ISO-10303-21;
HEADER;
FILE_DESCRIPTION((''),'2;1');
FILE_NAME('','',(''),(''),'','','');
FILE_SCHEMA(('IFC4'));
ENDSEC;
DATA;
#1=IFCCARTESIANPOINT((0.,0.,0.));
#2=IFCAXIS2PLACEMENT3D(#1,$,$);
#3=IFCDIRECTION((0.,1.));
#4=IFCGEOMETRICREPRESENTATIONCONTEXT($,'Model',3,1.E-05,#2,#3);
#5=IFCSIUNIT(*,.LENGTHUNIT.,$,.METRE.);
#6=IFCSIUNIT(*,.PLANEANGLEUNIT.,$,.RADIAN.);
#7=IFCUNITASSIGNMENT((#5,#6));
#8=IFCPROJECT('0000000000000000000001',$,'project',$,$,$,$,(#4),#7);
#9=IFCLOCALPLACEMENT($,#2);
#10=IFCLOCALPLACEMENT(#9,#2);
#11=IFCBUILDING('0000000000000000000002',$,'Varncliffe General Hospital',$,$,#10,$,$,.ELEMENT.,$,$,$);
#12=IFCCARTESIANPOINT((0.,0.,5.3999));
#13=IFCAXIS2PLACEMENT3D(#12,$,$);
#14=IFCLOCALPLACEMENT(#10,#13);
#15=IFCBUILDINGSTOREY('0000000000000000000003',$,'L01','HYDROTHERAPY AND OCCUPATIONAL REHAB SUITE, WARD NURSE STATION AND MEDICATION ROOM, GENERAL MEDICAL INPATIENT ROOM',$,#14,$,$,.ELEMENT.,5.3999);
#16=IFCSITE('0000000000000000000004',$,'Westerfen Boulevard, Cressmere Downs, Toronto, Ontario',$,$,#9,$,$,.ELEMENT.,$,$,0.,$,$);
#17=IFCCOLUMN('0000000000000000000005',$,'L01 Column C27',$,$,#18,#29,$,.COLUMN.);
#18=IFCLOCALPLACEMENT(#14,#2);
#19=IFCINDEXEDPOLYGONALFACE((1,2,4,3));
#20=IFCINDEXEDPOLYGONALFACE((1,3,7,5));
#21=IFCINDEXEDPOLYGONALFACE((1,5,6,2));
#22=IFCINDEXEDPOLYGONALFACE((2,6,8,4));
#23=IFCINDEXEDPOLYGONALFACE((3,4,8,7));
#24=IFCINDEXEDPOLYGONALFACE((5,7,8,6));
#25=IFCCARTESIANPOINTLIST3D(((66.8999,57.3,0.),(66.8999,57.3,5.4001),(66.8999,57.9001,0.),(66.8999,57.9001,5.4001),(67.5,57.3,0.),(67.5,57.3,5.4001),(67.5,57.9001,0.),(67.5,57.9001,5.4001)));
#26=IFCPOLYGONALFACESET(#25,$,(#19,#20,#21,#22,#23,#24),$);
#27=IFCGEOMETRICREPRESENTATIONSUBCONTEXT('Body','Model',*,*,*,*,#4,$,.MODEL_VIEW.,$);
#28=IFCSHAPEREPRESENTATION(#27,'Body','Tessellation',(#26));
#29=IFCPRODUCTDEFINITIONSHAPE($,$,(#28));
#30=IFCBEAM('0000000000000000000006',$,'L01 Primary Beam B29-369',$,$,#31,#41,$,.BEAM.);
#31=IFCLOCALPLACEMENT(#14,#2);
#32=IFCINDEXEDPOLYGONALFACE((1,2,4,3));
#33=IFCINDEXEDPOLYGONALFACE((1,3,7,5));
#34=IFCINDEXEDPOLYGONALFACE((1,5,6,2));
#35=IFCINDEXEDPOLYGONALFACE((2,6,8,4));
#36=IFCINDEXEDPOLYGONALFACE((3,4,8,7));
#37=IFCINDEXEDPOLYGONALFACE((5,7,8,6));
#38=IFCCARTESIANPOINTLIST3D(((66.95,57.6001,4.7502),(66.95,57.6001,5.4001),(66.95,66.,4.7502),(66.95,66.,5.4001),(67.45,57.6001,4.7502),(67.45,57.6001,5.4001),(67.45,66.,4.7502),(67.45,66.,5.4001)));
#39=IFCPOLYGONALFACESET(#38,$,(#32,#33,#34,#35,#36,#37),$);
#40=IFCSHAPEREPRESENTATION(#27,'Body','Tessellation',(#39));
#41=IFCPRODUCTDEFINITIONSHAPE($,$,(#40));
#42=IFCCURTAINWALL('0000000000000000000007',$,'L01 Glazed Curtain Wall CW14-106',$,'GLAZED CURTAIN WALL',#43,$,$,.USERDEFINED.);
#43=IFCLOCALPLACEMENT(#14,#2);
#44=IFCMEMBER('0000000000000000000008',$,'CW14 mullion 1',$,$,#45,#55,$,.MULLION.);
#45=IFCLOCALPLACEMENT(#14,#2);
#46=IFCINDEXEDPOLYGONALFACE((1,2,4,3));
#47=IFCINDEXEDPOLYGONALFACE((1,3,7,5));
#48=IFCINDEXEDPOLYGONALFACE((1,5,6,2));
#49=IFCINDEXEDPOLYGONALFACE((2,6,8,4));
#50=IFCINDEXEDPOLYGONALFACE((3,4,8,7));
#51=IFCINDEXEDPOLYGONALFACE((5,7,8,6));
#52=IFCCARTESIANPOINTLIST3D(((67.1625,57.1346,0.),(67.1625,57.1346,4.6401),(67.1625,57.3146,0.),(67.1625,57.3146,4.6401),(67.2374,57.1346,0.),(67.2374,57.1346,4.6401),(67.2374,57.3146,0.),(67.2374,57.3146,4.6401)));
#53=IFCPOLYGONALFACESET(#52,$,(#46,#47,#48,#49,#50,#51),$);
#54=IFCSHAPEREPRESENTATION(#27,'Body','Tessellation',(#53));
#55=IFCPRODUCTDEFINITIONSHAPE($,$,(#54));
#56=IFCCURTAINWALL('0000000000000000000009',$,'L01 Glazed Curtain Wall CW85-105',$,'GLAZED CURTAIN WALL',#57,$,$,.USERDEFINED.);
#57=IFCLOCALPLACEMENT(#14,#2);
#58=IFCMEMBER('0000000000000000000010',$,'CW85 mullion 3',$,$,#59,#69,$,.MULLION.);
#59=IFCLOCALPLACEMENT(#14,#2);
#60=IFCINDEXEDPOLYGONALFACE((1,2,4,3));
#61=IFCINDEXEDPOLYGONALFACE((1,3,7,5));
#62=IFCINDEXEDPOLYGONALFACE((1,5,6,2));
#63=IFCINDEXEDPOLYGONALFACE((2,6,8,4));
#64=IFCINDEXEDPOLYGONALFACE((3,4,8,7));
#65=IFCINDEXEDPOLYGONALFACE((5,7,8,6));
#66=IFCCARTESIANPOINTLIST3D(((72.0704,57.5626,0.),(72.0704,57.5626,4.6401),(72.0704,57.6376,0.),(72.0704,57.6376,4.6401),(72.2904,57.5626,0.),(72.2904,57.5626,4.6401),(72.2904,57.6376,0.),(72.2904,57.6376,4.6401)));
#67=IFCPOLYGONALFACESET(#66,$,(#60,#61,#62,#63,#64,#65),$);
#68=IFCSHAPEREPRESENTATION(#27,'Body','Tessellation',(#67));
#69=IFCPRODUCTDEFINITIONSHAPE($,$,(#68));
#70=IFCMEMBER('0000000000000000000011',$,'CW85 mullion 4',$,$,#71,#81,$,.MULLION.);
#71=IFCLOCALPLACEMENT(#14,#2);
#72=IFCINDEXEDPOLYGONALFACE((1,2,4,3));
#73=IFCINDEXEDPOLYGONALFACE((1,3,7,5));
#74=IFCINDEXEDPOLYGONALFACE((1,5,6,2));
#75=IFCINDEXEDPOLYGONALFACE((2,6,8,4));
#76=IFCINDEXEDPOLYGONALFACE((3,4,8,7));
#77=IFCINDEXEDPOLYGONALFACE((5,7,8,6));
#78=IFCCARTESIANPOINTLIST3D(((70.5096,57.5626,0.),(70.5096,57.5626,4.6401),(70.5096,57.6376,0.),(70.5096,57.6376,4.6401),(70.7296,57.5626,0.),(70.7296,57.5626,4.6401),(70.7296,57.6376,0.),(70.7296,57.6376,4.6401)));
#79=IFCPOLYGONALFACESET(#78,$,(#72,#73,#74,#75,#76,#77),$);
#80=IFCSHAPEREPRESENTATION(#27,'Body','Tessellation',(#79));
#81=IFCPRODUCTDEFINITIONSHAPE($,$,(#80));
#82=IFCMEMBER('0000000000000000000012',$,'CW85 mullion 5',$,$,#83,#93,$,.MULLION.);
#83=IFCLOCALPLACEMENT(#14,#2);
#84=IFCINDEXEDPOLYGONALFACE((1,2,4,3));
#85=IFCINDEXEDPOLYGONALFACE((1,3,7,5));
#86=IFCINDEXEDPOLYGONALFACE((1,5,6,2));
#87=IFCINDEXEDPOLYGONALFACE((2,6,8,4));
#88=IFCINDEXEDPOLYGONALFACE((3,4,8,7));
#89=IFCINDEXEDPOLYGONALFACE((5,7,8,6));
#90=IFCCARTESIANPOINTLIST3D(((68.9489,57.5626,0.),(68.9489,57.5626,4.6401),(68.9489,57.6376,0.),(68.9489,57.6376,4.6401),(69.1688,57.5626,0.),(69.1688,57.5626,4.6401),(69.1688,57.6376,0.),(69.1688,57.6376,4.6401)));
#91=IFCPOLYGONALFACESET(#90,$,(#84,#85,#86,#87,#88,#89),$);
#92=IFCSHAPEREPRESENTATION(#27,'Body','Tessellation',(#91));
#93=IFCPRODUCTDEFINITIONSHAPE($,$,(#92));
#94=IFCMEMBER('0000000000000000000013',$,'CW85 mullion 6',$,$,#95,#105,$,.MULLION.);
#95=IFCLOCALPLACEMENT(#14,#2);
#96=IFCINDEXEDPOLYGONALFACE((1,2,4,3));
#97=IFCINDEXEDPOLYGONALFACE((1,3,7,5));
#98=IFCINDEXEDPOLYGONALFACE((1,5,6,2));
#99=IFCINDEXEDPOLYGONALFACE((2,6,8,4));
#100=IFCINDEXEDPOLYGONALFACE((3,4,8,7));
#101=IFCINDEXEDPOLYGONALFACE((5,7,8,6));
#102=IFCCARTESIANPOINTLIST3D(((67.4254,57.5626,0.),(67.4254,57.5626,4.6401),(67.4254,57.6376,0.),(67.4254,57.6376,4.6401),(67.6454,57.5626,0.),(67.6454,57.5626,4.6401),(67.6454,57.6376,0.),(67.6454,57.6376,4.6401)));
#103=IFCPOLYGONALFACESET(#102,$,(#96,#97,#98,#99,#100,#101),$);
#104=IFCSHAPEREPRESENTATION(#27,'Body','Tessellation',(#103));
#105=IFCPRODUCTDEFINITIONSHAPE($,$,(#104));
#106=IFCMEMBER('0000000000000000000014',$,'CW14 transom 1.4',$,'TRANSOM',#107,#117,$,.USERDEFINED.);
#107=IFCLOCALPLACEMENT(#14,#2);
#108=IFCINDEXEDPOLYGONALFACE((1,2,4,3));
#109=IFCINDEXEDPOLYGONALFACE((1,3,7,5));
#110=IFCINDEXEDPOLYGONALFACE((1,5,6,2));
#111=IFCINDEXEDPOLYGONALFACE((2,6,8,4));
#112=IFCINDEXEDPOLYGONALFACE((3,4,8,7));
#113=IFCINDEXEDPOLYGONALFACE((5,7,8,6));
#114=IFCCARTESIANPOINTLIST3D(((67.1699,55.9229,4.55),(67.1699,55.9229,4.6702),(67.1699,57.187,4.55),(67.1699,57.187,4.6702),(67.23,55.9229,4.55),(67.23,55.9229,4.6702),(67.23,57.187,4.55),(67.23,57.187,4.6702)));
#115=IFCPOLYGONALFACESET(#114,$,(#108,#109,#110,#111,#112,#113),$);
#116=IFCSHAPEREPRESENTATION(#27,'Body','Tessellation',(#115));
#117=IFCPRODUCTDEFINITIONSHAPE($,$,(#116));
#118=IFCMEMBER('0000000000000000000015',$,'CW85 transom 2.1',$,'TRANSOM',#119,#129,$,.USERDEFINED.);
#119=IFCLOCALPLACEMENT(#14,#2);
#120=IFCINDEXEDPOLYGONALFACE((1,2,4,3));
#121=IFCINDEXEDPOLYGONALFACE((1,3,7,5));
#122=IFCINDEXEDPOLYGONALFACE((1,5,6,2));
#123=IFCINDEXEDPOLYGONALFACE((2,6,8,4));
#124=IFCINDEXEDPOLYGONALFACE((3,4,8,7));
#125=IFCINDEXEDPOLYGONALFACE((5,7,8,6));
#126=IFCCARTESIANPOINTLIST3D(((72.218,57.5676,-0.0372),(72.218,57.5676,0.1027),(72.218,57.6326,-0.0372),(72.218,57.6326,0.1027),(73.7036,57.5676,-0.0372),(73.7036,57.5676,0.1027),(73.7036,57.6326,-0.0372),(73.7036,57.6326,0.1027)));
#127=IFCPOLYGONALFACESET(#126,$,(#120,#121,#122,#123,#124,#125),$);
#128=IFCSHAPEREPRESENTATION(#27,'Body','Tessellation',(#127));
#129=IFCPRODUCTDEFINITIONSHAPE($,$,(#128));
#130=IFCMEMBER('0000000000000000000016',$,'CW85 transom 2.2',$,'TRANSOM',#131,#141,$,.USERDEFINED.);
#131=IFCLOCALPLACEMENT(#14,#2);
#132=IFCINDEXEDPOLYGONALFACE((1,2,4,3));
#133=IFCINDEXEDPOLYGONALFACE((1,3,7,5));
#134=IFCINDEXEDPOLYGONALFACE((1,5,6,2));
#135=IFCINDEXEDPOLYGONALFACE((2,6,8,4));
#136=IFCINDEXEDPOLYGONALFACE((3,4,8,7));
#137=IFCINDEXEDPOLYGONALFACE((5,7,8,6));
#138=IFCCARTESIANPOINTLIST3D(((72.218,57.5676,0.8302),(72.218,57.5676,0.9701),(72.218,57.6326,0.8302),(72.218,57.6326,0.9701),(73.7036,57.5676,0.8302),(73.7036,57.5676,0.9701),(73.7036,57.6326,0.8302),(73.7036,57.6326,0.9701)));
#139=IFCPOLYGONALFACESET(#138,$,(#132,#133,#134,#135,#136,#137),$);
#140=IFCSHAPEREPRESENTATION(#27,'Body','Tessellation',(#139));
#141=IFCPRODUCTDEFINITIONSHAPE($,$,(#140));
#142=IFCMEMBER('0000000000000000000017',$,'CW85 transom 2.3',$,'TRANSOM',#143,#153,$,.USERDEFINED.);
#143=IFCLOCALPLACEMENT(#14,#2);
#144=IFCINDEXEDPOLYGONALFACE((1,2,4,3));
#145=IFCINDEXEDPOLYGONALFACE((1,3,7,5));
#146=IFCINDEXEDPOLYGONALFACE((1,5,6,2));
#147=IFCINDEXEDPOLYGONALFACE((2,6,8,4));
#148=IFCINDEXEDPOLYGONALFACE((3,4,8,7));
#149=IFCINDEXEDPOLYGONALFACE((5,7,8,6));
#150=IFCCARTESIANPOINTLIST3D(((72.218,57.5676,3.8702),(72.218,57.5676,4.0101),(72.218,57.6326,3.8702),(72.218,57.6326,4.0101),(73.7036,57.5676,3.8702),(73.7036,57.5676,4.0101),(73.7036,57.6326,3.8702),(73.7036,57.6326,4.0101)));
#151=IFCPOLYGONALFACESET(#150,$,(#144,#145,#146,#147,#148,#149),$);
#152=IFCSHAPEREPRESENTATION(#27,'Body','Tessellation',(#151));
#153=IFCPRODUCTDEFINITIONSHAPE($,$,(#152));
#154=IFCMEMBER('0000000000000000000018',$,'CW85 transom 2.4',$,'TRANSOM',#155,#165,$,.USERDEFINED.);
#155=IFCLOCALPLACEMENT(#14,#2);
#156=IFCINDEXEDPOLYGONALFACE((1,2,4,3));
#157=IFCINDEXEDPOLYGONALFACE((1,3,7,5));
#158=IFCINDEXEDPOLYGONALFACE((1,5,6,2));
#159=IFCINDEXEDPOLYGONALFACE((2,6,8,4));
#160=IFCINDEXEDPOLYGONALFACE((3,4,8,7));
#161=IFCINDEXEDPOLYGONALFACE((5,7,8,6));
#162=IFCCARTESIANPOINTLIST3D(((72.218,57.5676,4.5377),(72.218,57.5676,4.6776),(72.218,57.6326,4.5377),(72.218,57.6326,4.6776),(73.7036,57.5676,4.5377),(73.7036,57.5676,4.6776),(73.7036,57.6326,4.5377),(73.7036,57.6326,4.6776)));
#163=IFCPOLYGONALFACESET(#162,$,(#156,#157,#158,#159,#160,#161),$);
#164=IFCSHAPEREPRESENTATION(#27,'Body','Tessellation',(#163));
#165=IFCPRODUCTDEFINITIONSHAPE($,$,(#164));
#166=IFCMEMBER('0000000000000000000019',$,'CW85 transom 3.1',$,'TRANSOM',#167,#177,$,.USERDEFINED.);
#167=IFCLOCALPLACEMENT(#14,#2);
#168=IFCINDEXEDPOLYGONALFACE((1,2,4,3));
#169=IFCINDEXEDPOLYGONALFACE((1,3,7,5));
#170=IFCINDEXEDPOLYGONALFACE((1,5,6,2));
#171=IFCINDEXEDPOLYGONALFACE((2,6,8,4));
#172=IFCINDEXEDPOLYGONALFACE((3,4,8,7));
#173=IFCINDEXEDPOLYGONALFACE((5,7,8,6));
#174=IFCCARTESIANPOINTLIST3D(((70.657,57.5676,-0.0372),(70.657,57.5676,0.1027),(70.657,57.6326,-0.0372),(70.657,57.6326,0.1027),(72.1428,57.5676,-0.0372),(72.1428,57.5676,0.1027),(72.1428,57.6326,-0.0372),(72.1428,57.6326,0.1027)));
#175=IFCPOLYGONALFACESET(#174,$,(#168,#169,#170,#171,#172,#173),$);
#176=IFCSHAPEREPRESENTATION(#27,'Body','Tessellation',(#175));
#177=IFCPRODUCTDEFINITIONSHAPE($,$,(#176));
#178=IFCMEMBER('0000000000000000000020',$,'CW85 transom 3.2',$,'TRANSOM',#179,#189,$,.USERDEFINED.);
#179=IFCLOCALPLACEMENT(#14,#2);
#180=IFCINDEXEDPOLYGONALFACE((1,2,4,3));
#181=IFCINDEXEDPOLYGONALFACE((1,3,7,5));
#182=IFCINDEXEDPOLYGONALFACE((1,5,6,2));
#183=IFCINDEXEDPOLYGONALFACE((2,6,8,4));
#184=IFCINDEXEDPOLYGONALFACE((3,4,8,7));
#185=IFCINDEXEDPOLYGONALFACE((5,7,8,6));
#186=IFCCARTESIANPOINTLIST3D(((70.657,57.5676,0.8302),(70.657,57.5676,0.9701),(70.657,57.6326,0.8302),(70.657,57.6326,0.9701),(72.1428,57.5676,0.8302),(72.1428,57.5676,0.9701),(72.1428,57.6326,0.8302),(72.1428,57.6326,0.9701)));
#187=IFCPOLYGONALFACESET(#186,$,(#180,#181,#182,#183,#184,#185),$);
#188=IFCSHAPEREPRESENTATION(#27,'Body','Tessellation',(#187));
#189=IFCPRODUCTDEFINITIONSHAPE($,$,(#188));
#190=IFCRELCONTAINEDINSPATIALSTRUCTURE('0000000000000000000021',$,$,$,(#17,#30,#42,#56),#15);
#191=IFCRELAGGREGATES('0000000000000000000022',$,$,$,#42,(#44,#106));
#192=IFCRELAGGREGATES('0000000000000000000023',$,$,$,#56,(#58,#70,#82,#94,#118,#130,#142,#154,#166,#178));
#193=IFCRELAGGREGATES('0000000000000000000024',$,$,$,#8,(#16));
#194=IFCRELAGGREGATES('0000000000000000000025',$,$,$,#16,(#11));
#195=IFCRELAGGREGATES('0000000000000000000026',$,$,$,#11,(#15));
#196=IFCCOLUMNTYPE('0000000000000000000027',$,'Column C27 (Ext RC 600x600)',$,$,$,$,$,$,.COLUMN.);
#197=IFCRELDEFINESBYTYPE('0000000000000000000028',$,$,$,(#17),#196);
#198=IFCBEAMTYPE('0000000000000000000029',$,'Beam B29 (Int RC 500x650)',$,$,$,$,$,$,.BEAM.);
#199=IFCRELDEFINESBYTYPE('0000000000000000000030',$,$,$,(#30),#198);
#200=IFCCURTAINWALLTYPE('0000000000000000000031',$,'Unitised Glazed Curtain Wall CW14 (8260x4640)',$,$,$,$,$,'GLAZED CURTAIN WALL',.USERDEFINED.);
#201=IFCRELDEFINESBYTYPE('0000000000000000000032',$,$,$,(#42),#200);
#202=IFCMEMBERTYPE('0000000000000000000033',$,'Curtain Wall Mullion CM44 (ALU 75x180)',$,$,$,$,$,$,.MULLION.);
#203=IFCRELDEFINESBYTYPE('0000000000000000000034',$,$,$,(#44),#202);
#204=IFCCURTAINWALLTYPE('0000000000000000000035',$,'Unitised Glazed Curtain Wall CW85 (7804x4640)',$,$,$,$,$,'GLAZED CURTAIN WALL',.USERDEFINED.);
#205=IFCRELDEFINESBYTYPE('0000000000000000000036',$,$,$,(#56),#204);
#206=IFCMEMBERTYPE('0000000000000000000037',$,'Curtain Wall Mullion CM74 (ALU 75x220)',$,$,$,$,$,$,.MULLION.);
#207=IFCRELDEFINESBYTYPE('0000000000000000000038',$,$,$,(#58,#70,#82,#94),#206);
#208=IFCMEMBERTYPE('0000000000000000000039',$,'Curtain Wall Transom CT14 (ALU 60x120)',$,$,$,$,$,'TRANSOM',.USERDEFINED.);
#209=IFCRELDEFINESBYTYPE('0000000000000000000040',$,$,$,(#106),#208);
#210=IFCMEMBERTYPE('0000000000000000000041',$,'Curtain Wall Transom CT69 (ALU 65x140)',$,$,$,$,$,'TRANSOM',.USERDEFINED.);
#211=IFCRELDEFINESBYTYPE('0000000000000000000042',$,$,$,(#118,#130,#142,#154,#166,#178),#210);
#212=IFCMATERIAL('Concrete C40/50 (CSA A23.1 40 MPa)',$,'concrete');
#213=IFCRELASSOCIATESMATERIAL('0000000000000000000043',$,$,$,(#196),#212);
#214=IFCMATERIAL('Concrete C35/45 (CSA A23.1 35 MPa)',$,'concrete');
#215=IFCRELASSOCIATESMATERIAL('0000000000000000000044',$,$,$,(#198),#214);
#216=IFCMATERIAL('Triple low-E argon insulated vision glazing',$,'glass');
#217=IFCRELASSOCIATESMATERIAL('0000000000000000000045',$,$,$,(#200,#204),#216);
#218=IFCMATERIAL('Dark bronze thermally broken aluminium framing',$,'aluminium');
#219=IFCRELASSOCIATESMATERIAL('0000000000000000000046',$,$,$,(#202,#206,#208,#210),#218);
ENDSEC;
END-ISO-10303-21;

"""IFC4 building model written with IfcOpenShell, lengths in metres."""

from ifc_helpers import new_model, si_unit, direction, frame, origin, origin_2d, place, context, subcontext, project, spatial, rectangle, extrude, material, material_profile, profile_set, type_object, element, aggregate, save


model = new_model("IFC4")

# Units and contexts
model_context = context("Model", 3, precision=1e-05, world=origin(), true_north=direction((0.0, 1.0)))
body_context = subcontext(model_context, "Body", "Model", "MODEL_VIEW")
ifc_project = project(units=[si_unit("LENGTHUNIT", "METRE"), si_unit("PLANEANGLEUNIT", "RADIAN")], contexts=[model_context])

# Site, building, storey
site_placement = place(None, origin())
site = spatial("IfcSite", under=ifc_project, at=site_placement, Name="Westerfen Boulevard, Cressmere Downs, Toronto, Ontario", CompositionType="ELEMENT", RefElevation=0.0)
building_placement = place(site_placement, origin())
building = spatial("IfcBuilding", under=site, at=building_placement, Name="Varncliffe General Hospital", CompositionType="ELEMENT")
storey_placement = place(building_placement, frame((0.0, 0.0, 5.3999)))
storey = spatial("IfcBuildingStorey", under=building, at=storey_placement, Name="L01", Description="HYDROTHERAPY AND OCCUPATIONAL REHAB SUITE, WARD NURSE STATION AND MEDICATION ROOM, GENERAL MEDICAL INPATIENT ROOM", CompositionType="ELEMENT", Elevation=5.3999)

# Column
ifc_material_1 = material(Name="Concrete C40/50 (CSA A23.1 40 MPa)", Category="concrete")
ifc_material_profile_1 = material_profile(ifc_material_1, rectangle(XDim=0.6001, YDim=0.6001, at=origin_2d()), Name="RC 600x600")
ifc_profile_set_1 = profile_set([ifc_material_profile_1], Name="Concrete C40/50 (CSA A23.1 40 MPa)")
column_type = type_object("IfcColumnType", Name="Column C27 (Ext RC 600x600)", PredefinedType="COLUMN", material=ifc_profile_set_1)
column_placement = place(storey_placement, frame((67.2, 57.6001, 0.0), z_axis=(0.0, 0.0, 1.0), x_axis=(1.0, 0.0, 0.0)))
element("IfcColumn", 1, at=column_placement, inside=storey, type_object=column_type, Name="L01 Column C27", PredefinedType="COLUMN", context=body_context, shape_type="SweptSolid", body=[
    extrude(rectangle(XDim=0.6001, YDim=0.6001, at=origin_2d()), origin(), (0.0, 0.0, 1.0), 5.4001),
])

# Beam
ifc_material_2 = material(Name="Concrete C35/45 (CSA A23.1 35 MPa)", Category="concrete")
ifc_material_profile_2 = material_profile(ifc_material_2, rectangle(XDim=0.5, YDim=0.6499, at=origin_2d()), Name="RC 500x650")
ifc_profile_set_2 = profile_set([ifc_material_profile_2], Name="Concrete C35/45 (CSA A23.1 35 MPa)")
beam_type_1 = type_object("IfcBeamType", Name="Beam B29 (Int RC 500x650)", PredefinedType="BEAM", material=ifc_profile_set_2)
beam_1_placement = place(storey_placement, frame((67.2, 57.6001, 5.0752), z_axis=(0.0, 1.0, 0.0), x_axis=(-1.0, 0.0, 0.0)))
element("IfcBeam", 2, at=beam_1_placement, inside=storey, type_object=beam_type_1, Name="L01 Primary Beam B29-369", PredefinedType="BEAM", context=body_context, shape_type="SweptSolid", body=[
    extrude(rectangle(XDim=0.5, YDim=0.6499, at=origin_2d()), origin(), (0.0, 0.0, 1.0), 8.3999),
])

# Curtain wall, member
ifc_material_3 = material(Name="Triple low-E argon insulated vision glazing", Category="glass")
curtain_wall_type_1 = type_object("IfcCurtainWallType", Name="Unitised Glazed Curtain Wall CW14 (8260x4640)", ElementType="GLAZED CURTAIN WALL", PredefinedType="USERDEFINED", material=ifc_material_3)
curtain_wall_1_placement = place(storey_placement, origin())
curtain_wall_1 = element("IfcCurtainWall", 3, at=curtain_wall_1_placement, inside=storey, type_object=curtain_wall_type_1, Name="L01 Glazed Curtain Wall CW14-106", ObjectType="GLAZED CURTAIN WALL", PredefinedType="USERDEFINED")
ifc_material_4 = material(Name="Dark bronze thermally broken aluminium framing", Category="aluminium")
ifc_material_profile_3 = material_profile(ifc_material_4, rectangle(XDim=0.075, YDim=0.1799, at=origin_2d()), Name="ALU 75x180")
ifc_profile_set_3 = profile_set([ifc_material_profile_3], Name="Dark bronze thermally broken aluminium framing")
member_type_1 = type_object("IfcMemberType", Name="Curtain Wall Mullion CM44 (ALU 75x180)", PredefinedType="MULLION", material=ifc_profile_set_3)
member_1_placement = place(storey_placement, frame((67.2, 57.2246, 0.0), z_axis=(0.0, 0.0, 1.0), x_axis=(1.0, 0.0, 0.0)))
member_1 = element("IfcMember", 4, at=member_1_placement, type_object=member_type_1, Name="CW14 mullion 1", PredefinedType="MULLION", context=body_context, shape_type="SweptSolid", body=[
    extrude(rectangle(XDim=0.075, YDim=0.1799, at=origin_2d()), origin(), (0.0, 0.0, 1.0), 4.6401),
])

# Curtain wall, members
curtain_wall_type_2 = type_object("IfcCurtainWallType", Name="Unitised Glazed Curtain Wall CW85 (7804x4640)", ElementType="GLAZED CURTAIN WALL", PredefinedType="USERDEFINED", material=ifc_material_3)
curtain_wall_2_placement = place(storey_placement, origin())
curtain_wall_2 = element("IfcCurtainWall", 5, at=curtain_wall_2_placement, inside=storey, type_object=curtain_wall_type_2, Name="L01 Glazed Curtain Wall CW85-105", ObjectType="GLAZED CURTAIN WALL", PredefinedType="USERDEFINED")
ifc_material_profile_4 = material_profile(ifc_material_4, rectangle(XDim=0.075, YDim=0.22, at=origin_2d()), Name="ALU 75x220")
ifc_profile_set_4 = profile_set([ifc_material_profile_4], Name="Dark bronze thermally broken aluminium framing")
member_type_2 = type_object("IfcMemberType", Name="Curtain Wall Mullion CM74 (ALU 75x220)", PredefinedType="MULLION", material=ifc_profile_set_4)
member_2_placement = place(storey_placement, frame((72.1804, 57.6001, 0.0), z_axis=(0.0, 0.0, 1.0), x_axis=(0.0, -1.0, 0.0)))
member_2 = element("IfcMember", 6, at=member_2_placement, type_object=member_type_2, Name="CW85 mullion 3", PredefinedType="MULLION", context=body_context, shape_type="SweptSolid", body=[
    extrude(rectangle(XDim=0.075, YDim=0.22, at=origin_2d()), origin(), (0.0, 0.0, 1.0), 4.6401),
])
member_3_placement = place(storey_placement, frame((70.6196, 57.6001, 0.0), z_axis=(0.0, 0.0, 1.0), x_axis=(0.0, -1.0, 0.0)))
member_3 = element("IfcMember", 7, at=member_3_placement, type_object=member_type_2, Name="CW85 mullion 4", PredefinedType="MULLION", context=body_context, shape_type="SweptSolid", body=[
    extrude(rectangle(XDim=0.075, YDim=0.22, at=origin_2d()), origin(), (0.0, 0.0, 1.0), 4.6401),
])
member_4_placement = place(storey_placement, frame((69.0588, 57.6001, 0.0), z_axis=(0.0, 0.0, 1.0), x_axis=(0.0, -1.0, 0.0)))
member_4 = element("IfcMember", 8, at=member_4_placement, type_object=member_type_2, Name="CW85 mullion 5", PredefinedType="MULLION", context=body_context, shape_type="SweptSolid", body=[
    extrude(rectangle(XDim=0.075, YDim=0.22, at=origin_2d()), origin(), (0.0, 0.0, 1.0), 4.6401),
])
member_5_placement = place(storey_placement, frame((67.5354, 57.6001, 0.0), z_axis=(0.0, 0.0, 1.0), x_axis=(0.0, -1.0, 0.0)))
member_5 = element("IfcMember", 9, at=member_5_placement, type_object=member_type_2, Name="CW85 mullion 6", PredefinedType="MULLION", context=body_context, shape_type="SweptSolid", body=[
    extrude(rectangle(XDim=0.075, YDim=0.22, at=origin_2d()), origin(), (0.0, 0.0, 1.0), 4.6401),
])

# Members
ifc_material_profile_5 = material_profile(ifc_material_4, rectangle(XDim=0.0601, YDim=0.1201, at=origin_2d()), Name="ALU 60x120")
ifc_profile_set_5 = profile_set([ifc_material_profile_5], Name="Dark bronze thermally broken aluminium framing")
member_type_3 = type_object("IfcMemberType", Name="Curtain Wall Transom CT14 (ALU 60x120)", ElementType="TRANSOM", PredefinedType="USERDEFINED", material=ifc_profile_set_5)
member_6_placement = place(storey_placement, frame((67.2, 57.187, 4.6101), z_axis=(0.0, -1.0, 0.0), x_axis=(1.0, 0.0, 0.0)))
member_6 = element("IfcMember", 10, at=member_6_placement, type_object=member_type_3, Name="CW14 transom 1.4", ObjectType="TRANSOM", PredefinedType="USERDEFINED", context=body_context, shape_type="SweptSolid", body=[
    extrude(rectangle(XDim=0.0601, YDim=0.1201, at=origin_2d()), origin(), (0.0, 0.0, 1.0), 1.2642),
])
aggregate(curtain_wall_1, [member_1, member_6])
ifc_material_profile_6 = material_profile(ifc_material_4, rectangle(XDim=0.0649, YDim=0.1399, at=origin_2d()), Name="ALU 65x140")
ifc_profile_set_6 = profile_set([ifc_material_profile_6], Name="Dark bronze thermally broken aluminium framing")
member_type_4 = type_object("IfcMemberType", Name="Curtain Wall Transom CT69 (ALU 65x140)", ElementType="TRANSOM", PredefinedType="USERDEFINED", material=ifc_profile_set_6)
member_7_placement = place(storey_placement, frame((73.7036, 57.6001, 0.0327), z_axis=(-1.0, 0.0, 0.0), x_axis=(0.0, -1.0, 0.0)))
member_7 = element("IfcMember", 11, at=member_7_placement, type_object=member_type_4, Name="CW85 transom 2.1", ObjectType="TRANSOM", PredefinedType="USERDEFINED", context=body_context, shape_type="SweptSolid", body=[
    extrude(rectangle(XDim=0.0649, YDim=0.1399, at=origin_2d()), origin(), (0.0, 0.0, 1.0), 1.4856),
])
member_8_placement = place(storey_placement, frame((73.7036, 57.6001, 0.9001), z_axis=(-1.0, 0.0, 0.0), x_axis=(0.0, -1.0, 0.0)))
member_8 = element("IfcMember", 12, at=member_8_placement, type_object=member_type_4, Name="CW85 transom 2.2", ObjectType="TRANSOM", PredefinedType="USERDEFINED", context=body_context, shape_type="SweptSolid", body=[
    extrude(rectangle(XDim=0.0649, YDim=0.1399, at=origin_2d()), origin(), (0.0, 0.0, 1.0), 1.4856),
])
member_9_placement = place(storey_placement, frame((73.7036, 57.6001, 3.9402), z_axis=(-1.0, 0.0, 0.0), x_axis=(0.0, -1.0, 0.0)))
member_9 = element("IfcMember", 13, at=member_9_placement, type_object=member_type_4, Name="CW85 transom 2.3", ObjectType="TRANSOM", PredefinedType="USERDEFINED", context=body_context, shape_type="SweptSolid", body=[
    extrude(rectangle(XDim=0.0649, YDim=0.1399, at=origin_2d()), origin(), (0.0, 0.0, 1.0), 1.4856),
])
member_10_placement = place(storey_placement, frame((73.7036, 57.6001, 4.6077), z_axis=(-1.0, 0.0, 0.0), x_axis=(0.0, -1.0, 0.0)))
member_10 = element("IfcMember", 14, at=member_10_placement, type_object=member_type_4, Name="CW85 transom 2.4", ObjectType="TRANSOM", PredefinedType="USERDEFINED", context=body_context, shape_type="SweptSolid", body=[
    extrude(rectangle(XDim=0.0649, YDim=0.1399, at=origin_2d()), origin(), (0.0, 0.0, 1.0), 1.4856),
])
member_11_placement = place(storey_placement, frame((72.1428, 57.6001, 0.0327), z_axis=(-1.0, 0.0, 0.0), x_axis=(0.0, -1.0, 0.0)))
member_11 = element("IfcMember", 15, at=member_11_placement, type_object=member_type_4, Name="CW85 transom 3.1", ObjectType="TRANSOM", PredefinedType="USERDEFINED", context=body_context, shape_type="SweptSolid", body=[
    extrude(rectangle(XDim=0.0649, YDim=0.1399, at=origin_2d()), origin(), (0.0, 0.0, 1.0), 1.4858),
])
member_12_placement = place(storey_placement, frame((72.1428, 57.6001, 0.9001), z_axis=(-1.0, 0.0, 0.0), x_axis=(0.0, -1.0, 0.0)))
member_12 = element("IfcMember", 16, at=member_12_placement, type_object=member_type_4, Name="CW85 transom 3.2", ObjectType="TRANSOM", PredefinedType="USERDEFINED", context=body_context, shape_type="SweptSolid", body=[
    extrude(rectangle(XDim=0.0649, YDim=0.1399, at=origin_2d()), origin(), (0.0, 0.0, 1.0), 1.4858),
])

aggregate(curtain_wall_2, [member_2, member_3, member_4, member_5, member_7, member_8, member_9, member_10, member_11, member_12])

save(model, "model.ifc")
